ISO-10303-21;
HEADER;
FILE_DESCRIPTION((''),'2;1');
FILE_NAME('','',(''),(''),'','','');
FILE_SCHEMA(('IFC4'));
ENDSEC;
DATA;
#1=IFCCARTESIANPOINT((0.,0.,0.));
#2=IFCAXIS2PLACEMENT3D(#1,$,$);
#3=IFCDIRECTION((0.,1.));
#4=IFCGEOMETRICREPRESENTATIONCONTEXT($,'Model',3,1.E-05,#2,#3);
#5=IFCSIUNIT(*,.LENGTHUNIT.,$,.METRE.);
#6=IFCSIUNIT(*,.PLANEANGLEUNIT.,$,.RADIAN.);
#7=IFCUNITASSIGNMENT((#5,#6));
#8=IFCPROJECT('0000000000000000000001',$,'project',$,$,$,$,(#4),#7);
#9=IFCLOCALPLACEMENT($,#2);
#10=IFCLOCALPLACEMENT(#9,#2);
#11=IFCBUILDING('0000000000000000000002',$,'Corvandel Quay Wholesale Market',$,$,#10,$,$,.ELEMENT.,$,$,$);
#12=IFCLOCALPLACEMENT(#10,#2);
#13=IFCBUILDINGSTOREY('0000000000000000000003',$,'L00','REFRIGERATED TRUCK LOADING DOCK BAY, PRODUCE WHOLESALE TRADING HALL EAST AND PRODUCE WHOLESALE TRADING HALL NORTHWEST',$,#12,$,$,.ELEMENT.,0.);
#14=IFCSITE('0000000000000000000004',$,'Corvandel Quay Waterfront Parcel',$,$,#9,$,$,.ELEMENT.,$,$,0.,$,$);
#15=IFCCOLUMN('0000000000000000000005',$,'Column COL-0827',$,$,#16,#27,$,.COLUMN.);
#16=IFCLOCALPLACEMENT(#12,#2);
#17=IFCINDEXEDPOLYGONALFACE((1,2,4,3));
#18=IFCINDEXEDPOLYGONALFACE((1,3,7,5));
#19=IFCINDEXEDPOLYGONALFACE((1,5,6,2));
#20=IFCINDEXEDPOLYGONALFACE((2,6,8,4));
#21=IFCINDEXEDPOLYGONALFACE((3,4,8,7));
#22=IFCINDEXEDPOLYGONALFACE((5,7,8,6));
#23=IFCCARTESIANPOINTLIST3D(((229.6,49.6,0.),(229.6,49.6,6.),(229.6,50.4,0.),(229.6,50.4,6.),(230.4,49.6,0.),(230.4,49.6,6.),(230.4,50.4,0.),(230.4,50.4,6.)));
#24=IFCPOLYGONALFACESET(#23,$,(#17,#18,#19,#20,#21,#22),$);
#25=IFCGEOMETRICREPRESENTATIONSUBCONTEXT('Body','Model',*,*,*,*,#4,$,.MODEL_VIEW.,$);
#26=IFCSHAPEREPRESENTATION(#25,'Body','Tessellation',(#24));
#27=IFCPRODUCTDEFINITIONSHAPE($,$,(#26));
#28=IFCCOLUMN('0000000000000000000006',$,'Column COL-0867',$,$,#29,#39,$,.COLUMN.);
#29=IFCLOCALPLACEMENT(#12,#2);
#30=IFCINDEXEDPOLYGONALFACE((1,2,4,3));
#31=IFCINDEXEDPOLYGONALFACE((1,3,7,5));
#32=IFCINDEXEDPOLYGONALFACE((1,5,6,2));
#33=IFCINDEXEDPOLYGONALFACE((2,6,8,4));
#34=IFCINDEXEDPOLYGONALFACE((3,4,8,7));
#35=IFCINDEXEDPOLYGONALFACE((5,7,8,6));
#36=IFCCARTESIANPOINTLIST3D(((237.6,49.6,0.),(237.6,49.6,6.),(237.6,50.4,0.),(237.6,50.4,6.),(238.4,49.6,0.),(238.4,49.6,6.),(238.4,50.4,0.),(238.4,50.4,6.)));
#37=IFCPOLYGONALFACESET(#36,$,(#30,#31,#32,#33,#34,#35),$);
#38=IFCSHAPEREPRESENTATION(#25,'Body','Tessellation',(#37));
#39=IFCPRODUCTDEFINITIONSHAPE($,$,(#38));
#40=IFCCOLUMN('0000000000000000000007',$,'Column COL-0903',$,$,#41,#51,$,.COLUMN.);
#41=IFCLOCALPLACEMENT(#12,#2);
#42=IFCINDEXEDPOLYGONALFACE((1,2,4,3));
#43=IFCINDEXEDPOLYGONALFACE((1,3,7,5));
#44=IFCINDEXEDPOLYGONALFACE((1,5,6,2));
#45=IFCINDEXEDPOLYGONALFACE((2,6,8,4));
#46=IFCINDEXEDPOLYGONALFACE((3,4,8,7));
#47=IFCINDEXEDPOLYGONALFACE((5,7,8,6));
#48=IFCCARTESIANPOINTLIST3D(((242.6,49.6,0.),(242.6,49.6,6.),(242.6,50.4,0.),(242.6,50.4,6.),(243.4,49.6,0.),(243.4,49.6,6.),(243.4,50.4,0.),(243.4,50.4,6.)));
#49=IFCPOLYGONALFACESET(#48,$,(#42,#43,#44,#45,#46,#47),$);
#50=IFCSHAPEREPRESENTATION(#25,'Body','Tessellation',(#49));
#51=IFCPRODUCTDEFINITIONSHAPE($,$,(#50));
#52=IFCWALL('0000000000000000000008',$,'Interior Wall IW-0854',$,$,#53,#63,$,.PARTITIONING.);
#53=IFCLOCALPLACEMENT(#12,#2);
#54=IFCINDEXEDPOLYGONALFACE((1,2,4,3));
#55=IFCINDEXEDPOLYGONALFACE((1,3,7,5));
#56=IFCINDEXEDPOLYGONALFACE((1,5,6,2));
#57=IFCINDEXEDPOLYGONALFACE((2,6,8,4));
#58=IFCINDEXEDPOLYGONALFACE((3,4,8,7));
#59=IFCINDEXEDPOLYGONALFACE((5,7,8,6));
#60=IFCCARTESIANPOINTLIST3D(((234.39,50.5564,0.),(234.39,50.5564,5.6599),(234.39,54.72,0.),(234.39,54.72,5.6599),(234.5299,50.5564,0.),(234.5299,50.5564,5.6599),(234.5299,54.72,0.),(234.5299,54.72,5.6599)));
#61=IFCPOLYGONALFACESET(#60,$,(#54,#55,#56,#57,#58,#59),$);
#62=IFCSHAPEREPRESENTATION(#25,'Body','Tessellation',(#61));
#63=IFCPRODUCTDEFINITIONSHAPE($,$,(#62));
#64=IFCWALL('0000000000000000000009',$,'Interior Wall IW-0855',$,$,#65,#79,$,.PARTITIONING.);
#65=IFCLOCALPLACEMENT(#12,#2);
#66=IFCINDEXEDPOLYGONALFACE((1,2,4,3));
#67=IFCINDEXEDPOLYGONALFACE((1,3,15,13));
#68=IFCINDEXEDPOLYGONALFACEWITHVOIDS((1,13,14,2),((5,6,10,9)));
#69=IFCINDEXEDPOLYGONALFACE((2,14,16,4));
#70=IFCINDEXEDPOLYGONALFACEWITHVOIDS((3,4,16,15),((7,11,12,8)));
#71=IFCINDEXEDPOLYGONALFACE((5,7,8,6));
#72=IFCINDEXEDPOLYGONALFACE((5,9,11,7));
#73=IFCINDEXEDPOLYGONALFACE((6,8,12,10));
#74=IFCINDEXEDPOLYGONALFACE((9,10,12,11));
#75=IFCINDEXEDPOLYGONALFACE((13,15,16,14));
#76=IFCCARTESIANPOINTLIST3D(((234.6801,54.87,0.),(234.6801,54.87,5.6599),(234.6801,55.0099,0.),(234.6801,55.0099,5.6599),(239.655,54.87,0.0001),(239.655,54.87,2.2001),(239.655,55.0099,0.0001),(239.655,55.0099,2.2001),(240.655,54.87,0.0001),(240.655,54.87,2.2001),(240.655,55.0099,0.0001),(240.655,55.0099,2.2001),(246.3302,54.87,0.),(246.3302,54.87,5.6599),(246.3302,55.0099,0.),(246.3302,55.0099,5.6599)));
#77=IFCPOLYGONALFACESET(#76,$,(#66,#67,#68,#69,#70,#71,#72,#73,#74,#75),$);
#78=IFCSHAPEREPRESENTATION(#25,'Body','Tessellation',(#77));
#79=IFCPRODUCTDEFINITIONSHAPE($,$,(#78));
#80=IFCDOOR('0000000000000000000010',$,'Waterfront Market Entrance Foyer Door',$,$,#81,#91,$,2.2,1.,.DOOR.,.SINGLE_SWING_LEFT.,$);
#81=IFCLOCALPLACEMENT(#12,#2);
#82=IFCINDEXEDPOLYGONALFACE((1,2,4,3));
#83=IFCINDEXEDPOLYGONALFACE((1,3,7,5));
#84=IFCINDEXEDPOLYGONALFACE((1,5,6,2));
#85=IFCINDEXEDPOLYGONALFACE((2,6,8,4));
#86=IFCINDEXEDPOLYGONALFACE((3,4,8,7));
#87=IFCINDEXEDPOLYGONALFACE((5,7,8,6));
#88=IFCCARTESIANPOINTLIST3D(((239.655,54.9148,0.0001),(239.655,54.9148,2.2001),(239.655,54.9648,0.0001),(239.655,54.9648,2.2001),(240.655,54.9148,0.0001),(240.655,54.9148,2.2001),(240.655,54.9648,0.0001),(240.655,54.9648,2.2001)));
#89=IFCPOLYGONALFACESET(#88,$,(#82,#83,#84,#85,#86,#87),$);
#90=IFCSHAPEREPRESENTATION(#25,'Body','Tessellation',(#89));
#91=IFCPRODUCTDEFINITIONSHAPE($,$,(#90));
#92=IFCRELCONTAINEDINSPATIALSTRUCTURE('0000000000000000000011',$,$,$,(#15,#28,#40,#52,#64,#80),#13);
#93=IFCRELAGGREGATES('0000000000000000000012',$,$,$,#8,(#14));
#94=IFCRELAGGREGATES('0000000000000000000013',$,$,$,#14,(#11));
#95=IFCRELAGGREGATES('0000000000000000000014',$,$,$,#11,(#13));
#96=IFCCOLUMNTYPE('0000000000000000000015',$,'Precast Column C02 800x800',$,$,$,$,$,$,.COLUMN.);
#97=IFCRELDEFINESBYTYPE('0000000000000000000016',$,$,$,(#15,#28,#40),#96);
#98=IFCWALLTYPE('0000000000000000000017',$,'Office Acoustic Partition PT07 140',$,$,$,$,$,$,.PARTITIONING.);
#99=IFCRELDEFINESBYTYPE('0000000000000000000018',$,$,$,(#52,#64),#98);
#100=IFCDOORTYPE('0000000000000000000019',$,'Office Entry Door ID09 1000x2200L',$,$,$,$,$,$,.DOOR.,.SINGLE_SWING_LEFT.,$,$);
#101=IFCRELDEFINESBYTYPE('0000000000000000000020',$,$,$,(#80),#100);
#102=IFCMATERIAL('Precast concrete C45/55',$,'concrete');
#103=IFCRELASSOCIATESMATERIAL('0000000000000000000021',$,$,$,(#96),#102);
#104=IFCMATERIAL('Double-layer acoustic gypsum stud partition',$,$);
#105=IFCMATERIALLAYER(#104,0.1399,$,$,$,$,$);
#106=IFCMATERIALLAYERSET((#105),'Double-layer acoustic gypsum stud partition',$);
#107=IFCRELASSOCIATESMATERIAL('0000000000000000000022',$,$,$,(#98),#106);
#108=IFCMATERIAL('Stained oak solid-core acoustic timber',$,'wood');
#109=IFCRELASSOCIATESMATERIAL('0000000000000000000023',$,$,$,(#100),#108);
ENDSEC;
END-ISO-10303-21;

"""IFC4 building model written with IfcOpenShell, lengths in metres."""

from ifc_helpers import new_model, si_unit, direction, frame, frame_2d, origin, origin_2d, place, context, subcontext, project, spatial, rectangle, extrude, material, layer, layer_set, material_profile, profile_set, type_object, element, fill, save


model = new_model("IFC4")

# Units and contexts
model_context = context("Model", 3, precision=1e-05, world=origin(), true_north=direction((0.0, 1.0)))
body_context = subcontext(model_context, "Body", "Model", "MODEL_VIEW")
ifc_project = project(units=[si_unit("LENGTHUNIT", "METRE"), si_unit("PLANEANGLEUNIT", "RADIAN")], contexts=[model_context])

# Site, building, storey
site_placement = place(None, origin())
site = spatial("IfcSite", under=ifc_project, at=site_placement, Name="Corvandel Quay Waterfront Parcel", CompositionType="ELEMENT", RefElevation=0.0)
building_placement = place(site_placement, origin())
building = spatial("IfcBuilding", under=site, at=building_placement, Name="Corvandel Quay Wholesale Market", CompositionType="ELEMENT")
storey_placement = place(building_placement, origin())
storey = spatial("IfcBuildingStorey", under=building, at=storey_placement, Name="L00", Description="REFRIGERATED TRUCK LOADING DOCK BAY, PRODUCE WHOLESALE TRADING HALL EAST AND PRODUCE WHOLESALE TRADING HALL NORTHWEST", CompositionType="ELEMENT", Elevation=0.0)

# Columns
ifc_material_1 = material(Name="Precast concrete C45/55", Category="concrete")
ifc_material_profile_1 = material_profile(ifc_material_1, rectangle(XDim=0.8, YDim=0.8, at=origin_2d()), Name="PC-COL-800x800")
ifc_profile_set_1 = profile_set([ifc_material_profile_1], Name="Precast concrete C45/55")
column_type = type_object("IfcColumnType", Name="Precast Column C02 800x800", PredefinedType="COLUMN", material=ifc_profile_set_1)
for number, where, z_axis, x_axis, name in (
    (1, (230.0, 50.0, 0.0), (0.0, 0.0, 1.0), (1.0, 0.0, 0.0), "Column COL-0827"),
    (2, (238.0, 50.0, 0.0), (0.0, 0.0, 1.0), (1.0, 0.0, 0.0), "Column COL-0867"),
    (3, (243.0, 50.0, 0.0), (0.0, 0.0, 1.0), (1.0, 0.0, 0.0), "Column COL-0903"),
):
    element("IfcColumn", number, at=place(storey_placement, frame(where, z_axis=z_axis, x_axis=x_axis)), inside=storey, type_object=column_type, Name=name, PredefinedType="COLUMN", context=body_context, shape_type="SweptSolid", body=[
        extrude(rectangle(XDim=0.8, YDim=0.8, at=origin_2d()), origin(), (0.0, 0.0, 1.0), 6.0),
    ])

# Wall
ifc_material_2 = material(Name="Double-layer acoustic gypsum stud partition")
ifc_layer_1 = layer(ifc_material_2, 0.1399)
ifc_layer_set_1 = layer_set([ifc_layer_1], Name="Double-layer acoustic gypsum stud partition")
wall_type = type_object("IfcWallType", Name="Office Acoustic Partition PT07 140", PredefinedType="PARTITIONING", material=ifc_layer_set_1)
wall_1_placement = place(storey_placement, frame((234.46, 50.5564, 0.0), z_axis=(0.0, 0.0, 1.0), x_axis=(0.0, 1.0, 0.0)))
element("IfcWall", 4, at=wall_1_placement, inside=storey, type_object=wall_type, Name="Interior Wall IW-0854", PredefinedType="PARTITIONING", context=body_context, shape_type="SweptSolid", body=[
    extrude(rectangle(XDim=4.1636, YDim=0.1399, at=frame_2d((2.0818, 0.0))), origin(), (0.0, 0.0, 1.0), 5.6599),
])

# Wall, opening, door
wall_2_placement = place(storey_placement, frame((234.6799, 54.9399, 0.0), z_axis=(0.0, 0.0, 1.0), x_axis=(1.0, 0.0, 0.0)))
wall_2 = element("IfcWall", 5, at=wall_2_placement, inside=storey, type_object=wall_type, Name="Interior Wall IW-0855", PredefinedType="PARTITIONING", context=body_context, shape_type="SweptSolid", body=[
    extrude(rectangle(XDim=11.6501, YDim=0.1399, at=frame_2d((5.8252, 0.0))), origin(), (0.0, 0.0, 1.0), 5.6599),
])
opening_placement = place(wall_2_placement, frame((4.9751, 0.0, 0.0)))
opening = element("IfcOpeningElement", 6, at=opening_placement, cuts=wall_2, PredefinedType="OPENING", context=body_context, shape_type="SweptSolid", body=[
    extrude(rectangle(XDim=1.0, YDim=2.2, at=frame_2d((0.5, 1.1001))), frame((0.0, 0.0798, 0.0), z_axis=(0.0, -1.0, 0.0), x_axis=(1.0, 0.0, 0.0)), (0.0, 0.0, 1.0), 0.1599),
])
ifc_material_3 = material(Name="Stained oak solid-core acoustic timber", Category="wood")
door_type = type_object("IfcDoorType", Name="Office Entry Door ID09 1000x2200L", OperationType="SINGLE_SWING_LEFT", PredefinedType="DOOR", material=ifc_material_3)
door_placement = place(opening_placement, origin())
door = element("IfcDoor", 7, at=door_placement, inside=storey, type_object=door_type, Name="Waterfront Market Entrance Foyer Door", OperationType="SINGLE_SWING_LEFT", OverallHeight=2.2, OverallWidth=1.0, PredefinedType="DOOR", context=body_context, shape_type="SweptSolid", body=[
    extrude(rectangle(XDim=1.0, YDim=2.2, at=frame_2d((0.5, 1.1001))), frame((0.0, 0.0249, 0.0), z_axis=(0.0, -1.0, 0.0), x_axis=(1.0, 0.0, 0.0)), (0.0, 0.0, 1.0), 0.05),
])
fill(opening, door)

save(model, "model.ifc")
